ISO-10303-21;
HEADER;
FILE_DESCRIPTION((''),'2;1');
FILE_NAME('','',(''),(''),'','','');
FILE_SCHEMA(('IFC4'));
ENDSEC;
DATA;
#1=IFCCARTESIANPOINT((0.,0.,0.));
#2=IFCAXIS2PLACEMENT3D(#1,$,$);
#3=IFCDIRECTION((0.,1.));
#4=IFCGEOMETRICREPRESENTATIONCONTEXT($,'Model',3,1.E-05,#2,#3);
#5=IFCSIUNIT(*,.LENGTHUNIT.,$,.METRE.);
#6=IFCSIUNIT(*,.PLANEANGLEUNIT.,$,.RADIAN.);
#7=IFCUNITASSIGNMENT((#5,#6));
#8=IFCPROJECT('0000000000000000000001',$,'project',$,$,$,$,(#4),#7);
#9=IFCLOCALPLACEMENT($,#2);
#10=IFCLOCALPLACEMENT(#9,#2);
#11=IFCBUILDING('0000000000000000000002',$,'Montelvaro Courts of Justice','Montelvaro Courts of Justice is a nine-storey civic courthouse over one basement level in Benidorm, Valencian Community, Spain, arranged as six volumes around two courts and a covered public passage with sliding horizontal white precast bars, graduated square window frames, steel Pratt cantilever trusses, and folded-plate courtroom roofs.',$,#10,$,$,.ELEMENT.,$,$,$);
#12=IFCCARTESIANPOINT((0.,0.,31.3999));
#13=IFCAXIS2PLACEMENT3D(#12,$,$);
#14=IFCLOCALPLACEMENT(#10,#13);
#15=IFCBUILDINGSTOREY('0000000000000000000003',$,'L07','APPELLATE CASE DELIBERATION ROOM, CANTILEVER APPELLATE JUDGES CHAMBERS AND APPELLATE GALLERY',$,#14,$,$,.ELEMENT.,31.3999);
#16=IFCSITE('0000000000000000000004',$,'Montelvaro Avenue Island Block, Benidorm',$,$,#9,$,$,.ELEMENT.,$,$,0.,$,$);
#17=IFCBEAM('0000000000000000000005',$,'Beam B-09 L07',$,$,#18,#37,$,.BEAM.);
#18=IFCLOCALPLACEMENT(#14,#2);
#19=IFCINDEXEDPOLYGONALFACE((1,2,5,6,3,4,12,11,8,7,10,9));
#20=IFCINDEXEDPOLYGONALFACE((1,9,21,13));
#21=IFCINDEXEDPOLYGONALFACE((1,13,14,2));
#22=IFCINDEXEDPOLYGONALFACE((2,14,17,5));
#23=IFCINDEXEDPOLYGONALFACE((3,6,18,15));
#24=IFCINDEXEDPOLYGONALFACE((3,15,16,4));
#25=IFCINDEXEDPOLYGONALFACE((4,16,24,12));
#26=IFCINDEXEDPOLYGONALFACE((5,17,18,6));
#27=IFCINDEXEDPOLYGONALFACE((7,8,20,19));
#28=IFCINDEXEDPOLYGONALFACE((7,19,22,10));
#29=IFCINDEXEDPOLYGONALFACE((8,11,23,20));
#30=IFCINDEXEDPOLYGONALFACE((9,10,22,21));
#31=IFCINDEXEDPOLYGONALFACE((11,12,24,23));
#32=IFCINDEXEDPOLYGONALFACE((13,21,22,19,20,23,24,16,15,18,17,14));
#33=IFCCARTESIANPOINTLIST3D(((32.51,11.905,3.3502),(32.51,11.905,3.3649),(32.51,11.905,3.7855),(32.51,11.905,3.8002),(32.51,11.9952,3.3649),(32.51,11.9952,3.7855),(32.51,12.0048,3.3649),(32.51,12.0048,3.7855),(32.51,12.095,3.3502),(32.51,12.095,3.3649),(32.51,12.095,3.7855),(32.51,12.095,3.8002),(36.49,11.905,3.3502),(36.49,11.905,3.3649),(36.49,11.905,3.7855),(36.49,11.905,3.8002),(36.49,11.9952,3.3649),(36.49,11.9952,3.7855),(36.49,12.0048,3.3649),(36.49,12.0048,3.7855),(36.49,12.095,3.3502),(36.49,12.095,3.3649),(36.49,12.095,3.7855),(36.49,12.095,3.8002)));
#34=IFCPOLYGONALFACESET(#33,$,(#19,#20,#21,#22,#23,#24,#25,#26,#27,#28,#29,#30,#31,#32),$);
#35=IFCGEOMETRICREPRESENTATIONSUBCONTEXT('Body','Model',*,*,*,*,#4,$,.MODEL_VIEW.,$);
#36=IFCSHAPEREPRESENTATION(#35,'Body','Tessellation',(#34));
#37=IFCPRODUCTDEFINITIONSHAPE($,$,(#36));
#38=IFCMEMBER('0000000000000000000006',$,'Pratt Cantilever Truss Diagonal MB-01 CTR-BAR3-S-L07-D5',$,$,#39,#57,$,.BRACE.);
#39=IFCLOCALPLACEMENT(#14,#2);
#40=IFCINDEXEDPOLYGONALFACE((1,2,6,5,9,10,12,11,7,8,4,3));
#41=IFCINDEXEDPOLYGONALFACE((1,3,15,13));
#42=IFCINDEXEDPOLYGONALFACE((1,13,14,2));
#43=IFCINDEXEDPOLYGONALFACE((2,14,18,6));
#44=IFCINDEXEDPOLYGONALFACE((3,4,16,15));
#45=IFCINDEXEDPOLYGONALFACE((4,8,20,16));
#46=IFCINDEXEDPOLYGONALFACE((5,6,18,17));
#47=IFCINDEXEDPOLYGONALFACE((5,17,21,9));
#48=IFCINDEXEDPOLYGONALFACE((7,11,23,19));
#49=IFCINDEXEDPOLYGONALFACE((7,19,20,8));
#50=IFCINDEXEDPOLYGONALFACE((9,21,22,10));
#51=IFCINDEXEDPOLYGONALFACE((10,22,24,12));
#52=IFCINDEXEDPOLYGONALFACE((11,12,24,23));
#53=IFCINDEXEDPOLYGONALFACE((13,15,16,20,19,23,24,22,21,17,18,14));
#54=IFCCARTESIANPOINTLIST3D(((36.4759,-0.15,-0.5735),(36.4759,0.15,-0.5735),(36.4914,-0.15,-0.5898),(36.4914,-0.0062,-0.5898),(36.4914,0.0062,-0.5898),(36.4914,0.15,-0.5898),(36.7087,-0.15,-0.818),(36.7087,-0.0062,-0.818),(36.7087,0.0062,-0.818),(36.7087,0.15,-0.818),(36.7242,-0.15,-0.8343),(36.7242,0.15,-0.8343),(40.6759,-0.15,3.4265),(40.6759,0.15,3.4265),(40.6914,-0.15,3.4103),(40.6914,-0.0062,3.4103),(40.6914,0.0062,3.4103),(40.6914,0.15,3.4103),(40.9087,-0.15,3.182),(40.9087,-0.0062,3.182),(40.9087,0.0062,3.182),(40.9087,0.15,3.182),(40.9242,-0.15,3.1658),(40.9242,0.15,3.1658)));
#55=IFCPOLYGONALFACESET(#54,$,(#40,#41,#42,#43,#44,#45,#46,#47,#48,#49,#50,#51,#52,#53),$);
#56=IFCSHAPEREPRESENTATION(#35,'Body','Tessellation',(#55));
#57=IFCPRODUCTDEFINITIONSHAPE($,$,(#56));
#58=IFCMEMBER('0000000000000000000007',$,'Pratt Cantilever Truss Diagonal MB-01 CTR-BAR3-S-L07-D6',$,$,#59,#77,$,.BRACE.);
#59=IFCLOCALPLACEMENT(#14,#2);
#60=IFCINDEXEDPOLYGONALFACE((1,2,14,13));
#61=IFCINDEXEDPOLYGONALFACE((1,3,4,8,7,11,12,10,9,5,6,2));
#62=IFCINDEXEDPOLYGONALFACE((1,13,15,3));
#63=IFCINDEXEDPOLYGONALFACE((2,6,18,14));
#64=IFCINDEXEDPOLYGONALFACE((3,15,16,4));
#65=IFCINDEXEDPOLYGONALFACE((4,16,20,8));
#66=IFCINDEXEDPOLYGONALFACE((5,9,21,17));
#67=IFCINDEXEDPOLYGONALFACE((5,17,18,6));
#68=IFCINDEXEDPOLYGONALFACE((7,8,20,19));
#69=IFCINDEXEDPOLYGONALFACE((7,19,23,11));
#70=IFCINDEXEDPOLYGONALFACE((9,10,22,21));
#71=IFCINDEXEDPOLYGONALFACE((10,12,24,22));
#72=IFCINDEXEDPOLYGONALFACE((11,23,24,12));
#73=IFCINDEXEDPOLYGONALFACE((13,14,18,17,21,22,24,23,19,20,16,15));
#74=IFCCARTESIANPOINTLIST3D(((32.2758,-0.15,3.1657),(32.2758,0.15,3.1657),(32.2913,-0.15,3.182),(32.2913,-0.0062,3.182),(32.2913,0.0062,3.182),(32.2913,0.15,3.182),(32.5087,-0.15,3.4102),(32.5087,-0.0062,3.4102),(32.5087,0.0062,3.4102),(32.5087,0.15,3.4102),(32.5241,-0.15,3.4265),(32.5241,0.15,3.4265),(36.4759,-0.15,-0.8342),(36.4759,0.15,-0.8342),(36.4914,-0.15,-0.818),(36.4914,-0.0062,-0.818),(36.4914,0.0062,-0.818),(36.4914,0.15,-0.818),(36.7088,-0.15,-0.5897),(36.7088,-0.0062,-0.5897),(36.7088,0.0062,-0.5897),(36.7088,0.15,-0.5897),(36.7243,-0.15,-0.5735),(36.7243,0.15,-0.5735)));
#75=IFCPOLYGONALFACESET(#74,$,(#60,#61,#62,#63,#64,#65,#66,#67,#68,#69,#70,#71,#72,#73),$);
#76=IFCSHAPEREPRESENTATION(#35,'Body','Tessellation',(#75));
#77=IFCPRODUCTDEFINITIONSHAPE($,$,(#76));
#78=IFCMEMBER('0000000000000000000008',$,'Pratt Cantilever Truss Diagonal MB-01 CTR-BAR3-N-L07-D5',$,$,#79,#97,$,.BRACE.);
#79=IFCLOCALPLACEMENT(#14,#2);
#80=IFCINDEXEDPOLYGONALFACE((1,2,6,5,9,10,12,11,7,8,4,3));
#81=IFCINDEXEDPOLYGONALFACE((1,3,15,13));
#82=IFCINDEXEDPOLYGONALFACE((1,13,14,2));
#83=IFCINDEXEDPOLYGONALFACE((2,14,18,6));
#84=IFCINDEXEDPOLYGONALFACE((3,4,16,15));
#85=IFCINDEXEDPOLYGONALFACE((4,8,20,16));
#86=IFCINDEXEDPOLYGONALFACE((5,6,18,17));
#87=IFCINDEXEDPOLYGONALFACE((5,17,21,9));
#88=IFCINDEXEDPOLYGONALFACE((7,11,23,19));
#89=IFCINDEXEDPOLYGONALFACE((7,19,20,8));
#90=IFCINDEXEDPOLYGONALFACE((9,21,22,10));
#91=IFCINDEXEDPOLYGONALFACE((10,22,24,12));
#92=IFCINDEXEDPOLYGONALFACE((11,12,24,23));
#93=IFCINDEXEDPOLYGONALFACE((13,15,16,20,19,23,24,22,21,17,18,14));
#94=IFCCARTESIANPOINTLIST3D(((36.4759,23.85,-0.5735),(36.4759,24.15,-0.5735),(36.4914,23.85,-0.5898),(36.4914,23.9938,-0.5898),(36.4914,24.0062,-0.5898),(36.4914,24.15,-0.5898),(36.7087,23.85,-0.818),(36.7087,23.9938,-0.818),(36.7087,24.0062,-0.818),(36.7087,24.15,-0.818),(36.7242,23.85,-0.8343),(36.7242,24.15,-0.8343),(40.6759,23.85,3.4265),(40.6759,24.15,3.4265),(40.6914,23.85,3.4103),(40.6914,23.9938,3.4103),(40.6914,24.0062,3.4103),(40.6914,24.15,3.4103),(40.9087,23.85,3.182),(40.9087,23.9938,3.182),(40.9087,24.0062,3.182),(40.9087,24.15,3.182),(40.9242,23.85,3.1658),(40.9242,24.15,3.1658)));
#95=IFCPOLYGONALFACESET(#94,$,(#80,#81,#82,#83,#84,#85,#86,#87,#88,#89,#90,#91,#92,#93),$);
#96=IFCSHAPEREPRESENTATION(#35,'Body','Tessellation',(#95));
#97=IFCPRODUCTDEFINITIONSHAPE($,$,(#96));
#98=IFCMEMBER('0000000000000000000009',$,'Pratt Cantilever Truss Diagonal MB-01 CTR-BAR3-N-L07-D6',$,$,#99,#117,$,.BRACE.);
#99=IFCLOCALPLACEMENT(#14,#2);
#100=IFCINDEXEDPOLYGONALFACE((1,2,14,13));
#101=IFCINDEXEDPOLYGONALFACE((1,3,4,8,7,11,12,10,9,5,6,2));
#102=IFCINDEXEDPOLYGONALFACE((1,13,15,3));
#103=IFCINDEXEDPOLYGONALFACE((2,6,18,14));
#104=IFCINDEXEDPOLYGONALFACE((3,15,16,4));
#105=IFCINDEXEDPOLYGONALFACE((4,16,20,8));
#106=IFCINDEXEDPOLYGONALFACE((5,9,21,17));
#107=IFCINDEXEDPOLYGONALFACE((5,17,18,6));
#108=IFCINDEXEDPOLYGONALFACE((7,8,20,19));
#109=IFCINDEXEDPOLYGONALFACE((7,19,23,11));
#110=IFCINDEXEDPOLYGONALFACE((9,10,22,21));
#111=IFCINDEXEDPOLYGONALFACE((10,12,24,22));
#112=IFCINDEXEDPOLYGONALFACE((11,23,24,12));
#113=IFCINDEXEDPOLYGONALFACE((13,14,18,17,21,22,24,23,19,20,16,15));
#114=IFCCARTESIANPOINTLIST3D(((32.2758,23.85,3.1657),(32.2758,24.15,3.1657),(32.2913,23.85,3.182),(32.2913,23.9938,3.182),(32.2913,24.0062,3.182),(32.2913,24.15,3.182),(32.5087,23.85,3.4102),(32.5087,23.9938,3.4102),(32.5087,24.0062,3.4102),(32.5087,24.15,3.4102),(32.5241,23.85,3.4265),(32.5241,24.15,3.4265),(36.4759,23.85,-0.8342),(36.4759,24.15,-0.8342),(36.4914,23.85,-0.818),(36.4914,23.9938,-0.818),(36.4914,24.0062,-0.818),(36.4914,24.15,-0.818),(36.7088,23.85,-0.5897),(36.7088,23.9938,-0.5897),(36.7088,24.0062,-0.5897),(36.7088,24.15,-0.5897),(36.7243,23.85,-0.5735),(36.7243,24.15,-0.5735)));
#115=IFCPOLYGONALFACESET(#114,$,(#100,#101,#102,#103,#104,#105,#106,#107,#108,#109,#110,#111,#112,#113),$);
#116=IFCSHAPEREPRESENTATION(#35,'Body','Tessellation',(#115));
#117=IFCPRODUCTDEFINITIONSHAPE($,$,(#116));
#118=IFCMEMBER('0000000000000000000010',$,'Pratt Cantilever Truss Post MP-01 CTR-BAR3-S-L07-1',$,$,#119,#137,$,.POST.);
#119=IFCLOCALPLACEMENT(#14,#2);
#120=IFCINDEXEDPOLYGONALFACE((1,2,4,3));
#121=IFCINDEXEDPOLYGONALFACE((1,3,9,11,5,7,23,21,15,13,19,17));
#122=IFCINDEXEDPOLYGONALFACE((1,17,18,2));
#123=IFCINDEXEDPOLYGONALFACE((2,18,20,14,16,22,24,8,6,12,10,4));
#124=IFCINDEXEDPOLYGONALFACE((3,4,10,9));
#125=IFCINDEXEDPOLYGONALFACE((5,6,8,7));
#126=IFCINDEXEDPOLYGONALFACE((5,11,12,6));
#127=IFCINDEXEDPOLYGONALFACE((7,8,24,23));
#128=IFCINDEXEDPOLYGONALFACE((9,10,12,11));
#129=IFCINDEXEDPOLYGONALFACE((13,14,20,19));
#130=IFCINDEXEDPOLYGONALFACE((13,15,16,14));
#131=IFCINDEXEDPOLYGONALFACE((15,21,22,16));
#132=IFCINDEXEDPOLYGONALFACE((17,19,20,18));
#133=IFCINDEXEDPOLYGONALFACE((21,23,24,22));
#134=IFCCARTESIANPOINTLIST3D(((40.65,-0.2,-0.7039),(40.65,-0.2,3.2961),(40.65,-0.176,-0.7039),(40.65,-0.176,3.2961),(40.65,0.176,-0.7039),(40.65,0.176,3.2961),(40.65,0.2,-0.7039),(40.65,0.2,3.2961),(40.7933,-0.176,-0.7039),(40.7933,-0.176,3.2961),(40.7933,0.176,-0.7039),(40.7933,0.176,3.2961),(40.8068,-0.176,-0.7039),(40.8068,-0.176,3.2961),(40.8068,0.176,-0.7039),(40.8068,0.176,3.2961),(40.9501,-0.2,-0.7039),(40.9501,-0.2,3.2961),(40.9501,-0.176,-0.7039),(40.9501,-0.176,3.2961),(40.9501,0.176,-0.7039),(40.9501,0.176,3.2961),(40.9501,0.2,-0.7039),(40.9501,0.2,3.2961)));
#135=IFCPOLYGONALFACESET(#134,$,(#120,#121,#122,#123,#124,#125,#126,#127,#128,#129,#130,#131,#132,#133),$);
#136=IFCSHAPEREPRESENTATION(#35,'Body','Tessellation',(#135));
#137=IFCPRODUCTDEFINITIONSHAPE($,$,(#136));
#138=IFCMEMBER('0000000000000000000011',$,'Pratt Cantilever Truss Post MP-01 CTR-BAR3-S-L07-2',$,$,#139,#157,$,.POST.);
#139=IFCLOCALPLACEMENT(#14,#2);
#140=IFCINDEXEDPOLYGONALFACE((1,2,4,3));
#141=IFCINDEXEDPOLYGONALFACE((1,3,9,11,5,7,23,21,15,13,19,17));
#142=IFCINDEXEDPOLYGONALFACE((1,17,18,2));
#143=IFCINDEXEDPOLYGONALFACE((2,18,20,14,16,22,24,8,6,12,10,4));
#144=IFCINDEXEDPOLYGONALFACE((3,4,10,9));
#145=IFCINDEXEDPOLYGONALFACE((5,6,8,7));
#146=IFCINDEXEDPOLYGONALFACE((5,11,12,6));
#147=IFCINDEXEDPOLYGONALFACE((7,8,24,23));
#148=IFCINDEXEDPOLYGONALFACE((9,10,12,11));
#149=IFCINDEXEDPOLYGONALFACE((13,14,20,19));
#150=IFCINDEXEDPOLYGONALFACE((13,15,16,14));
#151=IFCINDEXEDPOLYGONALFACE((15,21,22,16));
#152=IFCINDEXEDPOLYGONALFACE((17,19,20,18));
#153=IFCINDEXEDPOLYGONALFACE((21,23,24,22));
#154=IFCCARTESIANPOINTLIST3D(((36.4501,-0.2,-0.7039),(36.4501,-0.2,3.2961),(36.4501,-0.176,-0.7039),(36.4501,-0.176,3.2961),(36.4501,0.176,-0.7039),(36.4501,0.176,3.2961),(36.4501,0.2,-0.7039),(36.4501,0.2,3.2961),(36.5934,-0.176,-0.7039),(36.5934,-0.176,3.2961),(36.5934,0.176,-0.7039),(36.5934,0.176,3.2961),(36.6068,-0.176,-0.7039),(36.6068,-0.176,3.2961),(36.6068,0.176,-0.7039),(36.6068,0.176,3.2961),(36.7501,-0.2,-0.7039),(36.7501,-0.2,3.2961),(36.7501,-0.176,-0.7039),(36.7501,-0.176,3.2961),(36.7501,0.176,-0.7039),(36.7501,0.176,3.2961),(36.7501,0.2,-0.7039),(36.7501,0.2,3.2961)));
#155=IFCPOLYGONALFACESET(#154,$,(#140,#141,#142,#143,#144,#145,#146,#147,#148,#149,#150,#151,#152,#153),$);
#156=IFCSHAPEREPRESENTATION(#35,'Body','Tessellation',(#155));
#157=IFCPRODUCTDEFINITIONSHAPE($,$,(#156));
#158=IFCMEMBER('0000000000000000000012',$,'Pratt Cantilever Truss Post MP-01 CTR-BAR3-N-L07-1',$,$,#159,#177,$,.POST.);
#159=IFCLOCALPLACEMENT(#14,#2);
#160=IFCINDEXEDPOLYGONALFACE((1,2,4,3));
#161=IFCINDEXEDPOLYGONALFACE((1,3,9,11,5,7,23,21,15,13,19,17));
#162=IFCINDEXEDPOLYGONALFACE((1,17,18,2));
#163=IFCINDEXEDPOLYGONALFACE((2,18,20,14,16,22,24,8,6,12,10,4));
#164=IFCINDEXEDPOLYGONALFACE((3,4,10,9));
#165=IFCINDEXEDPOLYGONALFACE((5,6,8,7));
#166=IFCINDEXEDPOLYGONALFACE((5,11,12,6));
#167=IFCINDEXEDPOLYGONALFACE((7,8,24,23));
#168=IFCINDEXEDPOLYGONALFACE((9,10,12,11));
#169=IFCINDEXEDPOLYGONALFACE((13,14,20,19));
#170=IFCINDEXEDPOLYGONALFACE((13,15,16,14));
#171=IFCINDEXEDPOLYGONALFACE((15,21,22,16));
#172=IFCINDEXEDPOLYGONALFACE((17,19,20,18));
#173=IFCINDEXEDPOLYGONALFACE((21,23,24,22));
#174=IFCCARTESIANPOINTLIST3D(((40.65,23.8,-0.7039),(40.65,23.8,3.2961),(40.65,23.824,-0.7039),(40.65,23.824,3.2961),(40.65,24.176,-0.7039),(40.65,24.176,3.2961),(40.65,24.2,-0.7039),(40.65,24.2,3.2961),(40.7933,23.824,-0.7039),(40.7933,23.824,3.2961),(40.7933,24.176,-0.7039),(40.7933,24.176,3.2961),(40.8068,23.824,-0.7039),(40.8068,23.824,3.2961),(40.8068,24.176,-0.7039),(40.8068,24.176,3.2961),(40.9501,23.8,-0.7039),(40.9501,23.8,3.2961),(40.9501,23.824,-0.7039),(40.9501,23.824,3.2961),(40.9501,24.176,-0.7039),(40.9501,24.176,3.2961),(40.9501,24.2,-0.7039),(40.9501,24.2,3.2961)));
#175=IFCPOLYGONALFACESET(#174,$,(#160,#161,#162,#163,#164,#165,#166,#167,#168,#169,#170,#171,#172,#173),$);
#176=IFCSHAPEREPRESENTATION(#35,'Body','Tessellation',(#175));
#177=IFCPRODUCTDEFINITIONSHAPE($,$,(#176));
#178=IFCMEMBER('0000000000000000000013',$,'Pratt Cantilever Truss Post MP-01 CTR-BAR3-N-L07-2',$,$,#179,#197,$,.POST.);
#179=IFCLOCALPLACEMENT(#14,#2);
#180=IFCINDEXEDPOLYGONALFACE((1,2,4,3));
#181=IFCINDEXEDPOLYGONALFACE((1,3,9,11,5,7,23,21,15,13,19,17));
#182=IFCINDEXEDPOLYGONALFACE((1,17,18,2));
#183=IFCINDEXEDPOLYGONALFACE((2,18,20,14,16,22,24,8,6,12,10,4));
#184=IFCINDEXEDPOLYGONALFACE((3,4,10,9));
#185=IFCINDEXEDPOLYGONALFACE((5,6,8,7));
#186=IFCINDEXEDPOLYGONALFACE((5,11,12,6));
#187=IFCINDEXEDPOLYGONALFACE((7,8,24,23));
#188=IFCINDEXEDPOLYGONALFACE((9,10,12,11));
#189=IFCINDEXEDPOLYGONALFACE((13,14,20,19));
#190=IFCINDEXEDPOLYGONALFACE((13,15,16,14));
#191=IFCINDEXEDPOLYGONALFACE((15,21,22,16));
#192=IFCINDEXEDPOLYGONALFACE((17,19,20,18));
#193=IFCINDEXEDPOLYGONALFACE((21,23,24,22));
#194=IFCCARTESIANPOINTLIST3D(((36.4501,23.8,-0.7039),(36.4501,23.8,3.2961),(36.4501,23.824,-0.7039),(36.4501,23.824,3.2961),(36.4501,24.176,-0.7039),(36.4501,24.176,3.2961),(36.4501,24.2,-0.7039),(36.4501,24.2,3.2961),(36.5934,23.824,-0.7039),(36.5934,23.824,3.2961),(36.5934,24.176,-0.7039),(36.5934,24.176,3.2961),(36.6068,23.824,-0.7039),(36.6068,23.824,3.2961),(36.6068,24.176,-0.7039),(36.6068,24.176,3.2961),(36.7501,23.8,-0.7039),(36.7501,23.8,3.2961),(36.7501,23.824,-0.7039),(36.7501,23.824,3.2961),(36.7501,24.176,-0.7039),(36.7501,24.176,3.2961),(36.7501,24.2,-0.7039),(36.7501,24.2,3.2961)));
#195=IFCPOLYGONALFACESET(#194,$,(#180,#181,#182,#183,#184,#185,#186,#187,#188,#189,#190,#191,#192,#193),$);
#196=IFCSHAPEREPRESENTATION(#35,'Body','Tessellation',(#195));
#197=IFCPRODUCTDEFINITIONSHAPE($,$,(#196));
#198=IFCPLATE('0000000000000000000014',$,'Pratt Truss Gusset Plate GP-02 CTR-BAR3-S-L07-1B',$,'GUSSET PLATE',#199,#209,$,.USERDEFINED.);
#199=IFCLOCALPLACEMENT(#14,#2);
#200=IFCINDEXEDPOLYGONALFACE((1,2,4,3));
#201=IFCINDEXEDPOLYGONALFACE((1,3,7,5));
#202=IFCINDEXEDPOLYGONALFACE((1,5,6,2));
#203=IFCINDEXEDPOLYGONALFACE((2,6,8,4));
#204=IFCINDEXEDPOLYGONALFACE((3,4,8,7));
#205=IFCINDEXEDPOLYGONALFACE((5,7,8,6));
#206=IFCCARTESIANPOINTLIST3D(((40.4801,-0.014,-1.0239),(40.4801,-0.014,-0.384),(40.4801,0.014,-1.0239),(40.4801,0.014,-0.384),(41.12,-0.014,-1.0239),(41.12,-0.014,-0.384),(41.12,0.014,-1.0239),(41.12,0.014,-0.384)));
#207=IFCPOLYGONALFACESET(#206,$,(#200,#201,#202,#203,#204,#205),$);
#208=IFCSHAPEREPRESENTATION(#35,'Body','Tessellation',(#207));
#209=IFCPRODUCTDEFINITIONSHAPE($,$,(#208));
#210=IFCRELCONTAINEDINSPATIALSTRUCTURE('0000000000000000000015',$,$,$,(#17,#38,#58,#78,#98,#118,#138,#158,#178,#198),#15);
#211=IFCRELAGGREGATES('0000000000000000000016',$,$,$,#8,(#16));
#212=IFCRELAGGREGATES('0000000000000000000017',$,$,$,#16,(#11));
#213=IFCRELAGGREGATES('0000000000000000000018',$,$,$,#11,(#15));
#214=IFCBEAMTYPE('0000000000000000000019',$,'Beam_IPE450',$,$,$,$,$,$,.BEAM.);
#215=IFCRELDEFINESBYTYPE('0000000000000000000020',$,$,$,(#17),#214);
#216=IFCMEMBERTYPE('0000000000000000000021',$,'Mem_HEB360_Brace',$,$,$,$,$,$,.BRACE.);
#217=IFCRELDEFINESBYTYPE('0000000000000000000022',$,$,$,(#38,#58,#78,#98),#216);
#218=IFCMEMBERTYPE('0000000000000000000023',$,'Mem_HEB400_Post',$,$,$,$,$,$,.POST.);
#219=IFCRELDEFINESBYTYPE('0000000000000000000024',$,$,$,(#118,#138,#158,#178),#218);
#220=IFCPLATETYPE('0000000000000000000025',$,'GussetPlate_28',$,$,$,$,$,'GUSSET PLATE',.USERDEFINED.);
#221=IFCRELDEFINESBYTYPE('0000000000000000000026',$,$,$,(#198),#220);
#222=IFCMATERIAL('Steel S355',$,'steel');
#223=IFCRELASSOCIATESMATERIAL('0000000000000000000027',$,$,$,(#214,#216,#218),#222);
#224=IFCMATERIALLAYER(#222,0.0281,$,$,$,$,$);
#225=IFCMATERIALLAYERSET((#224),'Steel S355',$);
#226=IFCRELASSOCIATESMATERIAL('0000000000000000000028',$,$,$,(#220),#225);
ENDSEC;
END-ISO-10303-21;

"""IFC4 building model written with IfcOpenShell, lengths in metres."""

from ifc_helpers import new_model, si_unit, direction, frame, origin, origin_2d, place, context, subcontext, project, spatial, rectangle, i_section, extrude, material, layer, layer_set, material_profile, profile_set, type_object, element, save


model = new_model("IFC4")

# Units and contexts
model_context = context("Model", 3, precision=1e-05, world=origin(), true_north=direction((0.0, 1.0)))
body_context = subcontext(model_context, "Body", "Model", "MODEL_VIEW")
ifc_project = project(units=[si_unit("LENGTHUNIT", "METRE"), si_unit("PLANEANGLEUNIT", "RADIAN")], contexts=[model_context])

# Site, building, storey
site_placement = place(None, origin())
site = spatial("IfcSite", under=ifc_project, at=site_placement, Name="Montelvaro Avenue Island Block, Benidorm", CompositionType="ELEMENT", RefElevation=0.0)
building_placement = place(site_placement, origin())
building = spatial("IfcBuilding", under=site, at=building_placement, Name="Montelvaro Courts of Justice", Description="Montelvaro Courts of Justice is a nine-storey civic courthouse over one basement level in Benidorm, Valencian Community, Spain, arranged as six volumes around two courts and a covered public passage with sliding horizontal white precast bars, graduated square window frames, steel Pratt cantilever trusses, and folded-plate courtroom roofs.", CompositionType="ELEMENT")
storey_placement = place(building_placement, frame((0.0, 0.0, 31.3999)))
storey = spatial("IfcBuildingStorey", under=building, at=storey_placement, Name="L07", Description="APPELLATE CASE DELIBERATION ROOM, CANTILEVER APPELLATE JUDGES CHAMBERS AND APPELLATE GALLERY", CompositionType="ELEMENT", Elevation=31.3999)

# Shared definitions
ifc_material_1 = material(Name="Steel S355", Category="steel")

# Beam
ifc_material_profile_1 = material_profile(ifc_material_1, i_section(OverallWidth=0.1899, OverallDepth=0.45, WebThickness=0.0095, FlangeThickness=0.0146, at=origin_2d()), Name="IPE 450")
ifc_profile_set_1 = profile_set([ifc_material_profile_1], Name="Steel S355")
beam_type_1 = type_object("IfcBeamType", Name="Beam_IPE450", PredefinedType="BEAM", material=ifc_profile_set_1)
for number, where, z_axis, x_axis, name in (
    (1, (32.51, 12.0, 3.5752), (1.0, 0.0, 0.0), (0.0, 1.0, 0.0), "Beam B-09 L07"),
):
    element("IfcBeam", number, at=place(storey_placement, frame(where, z_axis=z_axis, x_axis=x_axis)), inside=storey, type_object=beam_type_1, Name=name, PredefinedType="BEAM", context=body_context, shape_type="SweptSolid", body=[
        extrude(i_section(OverallWidth=0.1899, OverallDepth=0.45, WebThickness=0.0095, FlangeThickness=0.0146, at=origin_2d()), origin(), (0.0, 0.0, 1.0), 3.98),
    ])

# Members
ifc_material_profile_2 = material_profile(ifc_material_1, i_section(OverallWidth=0.3, OverallDepth=0.3601, WebThickness=0.0125, FlangeThickness=0.0225, at=origin_2d()), Name="HEB 360")
ifc_profile_set_2 = profile_set([ifc_material_profile_2], Name="Steel S355")
member_type_1 = type_object("IfcMemberType", Name="Mem_HEB360_Brace", PredefinedType="BRACE", material=ifc_profile_set_2)
for number, where, z_axis, x_axis, name in (
    (2, (40.8, 0.0, 3.2961), (-0.724134, 0.0, -0.689659), (0.0, -1.0, 0.0), "Pratt Cantilever Truss Diagonal MB-01 CTR-BAR3-S-L07-D5"),
    (3, (36.6001, 0.0, -0.7039), (-0.724154, 0.0, 0.689638), (0.0, -1.0, 0.0), "Pratt Cantilever Truss Diagonal MB-01 CTR-BAR3-S-L07-D6"),
    (4, (40.8, 24.0, 3.2961), (-0.724134, 0.0, -0.689659), (0.0, -1.0, 0.0), "Pratt Cantilever Truss Diagonal MB-01 CTR-BAR3-N-L07-D5"),
    (5, (36.6001, 24.0, -0.7039), (-0.724154, 0.0, 0.689638), (0.0, -1.0, 0.0), "Pratt Cantilever Truss Diagonal MB-01 CTR-BAR3-N-L07-D6"),
):
    element("IfcMember", number, at=place(storey_placement, frame(where, z_axis=z_axis, x_axis=x_axis)), inside=storey, type_object=member_type_1, Name=name, PredefinedType="BRACE", context=body_context, shape_type="SweptSolid", body=[
        extrude(i_section(OverallWidth=0.3, OverallDepth=0.3601, WebThickness=0.0125, FlangeThickness=0.0225, at=origin_2d()), origin(), (0.0, 0.0, 1.0), 5.8),
    ])
ifc_material_profile_3 = material_profile(ifc_material_1, i_section(OverallWidth=0.3, OverallDepth=0.3999, WebThickness=0.0134, FlangeThickness=0.0239, at=origin_2d()), Name="HEB 400")
ifc_profile_set_3 = profile_set([ifc_material_profile_3], Name="Steel S355")
member_type_2 = type_object("IfcMemberType", Name="Mem_HEB400_Post", PredefinedType="POST", material=ifc_profile_set_3)
for number, where, z_axis, x_axis, name in (
    (6, (40.8, 0.0, -0.7039), (0.0, 0.0, 1.0), (1.0, 0.0, 0.0), "Pratt Cantilever Truss Post MP-01 CTR-BAR3-S-L07-1"),
    (7, (36.6001, 0.0, -0.7039), (0.0, 0.0, 1.0), (1.0, 0.0, 0.0), "Pratt Cantilever Truss Post MP-01 CTR-BAR3-S-L07-2"),
    (8, (40.8, 24.0, -0.7039), (0.0, 0.0, 1.0), (1.0, 0.0, 0.0), "Pratt Cantilever Truss Post MP-01 CTR-BAR3-N-L07-1"),
    (9, (36.6001, 24.0, -0.7039), (0.0, 0.0, 1.0), (1.0, 0.0, 0.0), "Pratt Cantilever Truss Post MP-01 CTR-BAR3-N-L07-2"),
):
    element("IfcMember", number, at=place(storey_placement, frame(where, z_axis=z_axis, x_axis=x_axis)), inside=storey, type_object=member_type_2, Name=name, PredefinedType="POST", context=body_context, shape_type="SweptSolid", body=[
        extrude(i_section(OverallWidth=0.3, OverallDepth=0.3999, WebThickness=0.0134, FlangeThickness=0.0239, at=origin_2d()), origin(), (0.0, 0.0, 1.0), 4.0),
    ])

# Plate
ifc_layer_1 = layer(ifc_material_1, 0.0281)
ifc_layer_set_1 = layer_set([ifc_layer_1], Name="Steel S355")
plate_type = type_object("IfcPlateType", Name="GussetPlate_28", ElementType="GUSSET PLATE", PredefinedType="USERDEFINED", material=ifc_layer_set_1)
for number, where, z_axis, x_axis, name in (
    (10, (40.8, 0.0, -1.0239), (0.0, 0.0, 1.0), (1.0, 0.0, 0.0), "Pratt Truss Gusset Plate GP-02 CTR-BAR3-S-L07-1B"),
):
    element("IfcPlate", number, at=place(storey_placement, frame(where, z_axis=z_axis, x_axis=x_axis)), inside=storey, type_object=plate_type, Name=name, ObjectType="GUSSET PLATE", PredefinedType="USERDEFINED", context=body_context, shape_type="SweptSolid", body=[
        extrude(rectangle(XDim=0.6399, YDim=0.0281, at=origin_2d()), origin(), (0.0, 0.0, 1.0), 0.6399),
    ])

save(model, "model.ifc")
